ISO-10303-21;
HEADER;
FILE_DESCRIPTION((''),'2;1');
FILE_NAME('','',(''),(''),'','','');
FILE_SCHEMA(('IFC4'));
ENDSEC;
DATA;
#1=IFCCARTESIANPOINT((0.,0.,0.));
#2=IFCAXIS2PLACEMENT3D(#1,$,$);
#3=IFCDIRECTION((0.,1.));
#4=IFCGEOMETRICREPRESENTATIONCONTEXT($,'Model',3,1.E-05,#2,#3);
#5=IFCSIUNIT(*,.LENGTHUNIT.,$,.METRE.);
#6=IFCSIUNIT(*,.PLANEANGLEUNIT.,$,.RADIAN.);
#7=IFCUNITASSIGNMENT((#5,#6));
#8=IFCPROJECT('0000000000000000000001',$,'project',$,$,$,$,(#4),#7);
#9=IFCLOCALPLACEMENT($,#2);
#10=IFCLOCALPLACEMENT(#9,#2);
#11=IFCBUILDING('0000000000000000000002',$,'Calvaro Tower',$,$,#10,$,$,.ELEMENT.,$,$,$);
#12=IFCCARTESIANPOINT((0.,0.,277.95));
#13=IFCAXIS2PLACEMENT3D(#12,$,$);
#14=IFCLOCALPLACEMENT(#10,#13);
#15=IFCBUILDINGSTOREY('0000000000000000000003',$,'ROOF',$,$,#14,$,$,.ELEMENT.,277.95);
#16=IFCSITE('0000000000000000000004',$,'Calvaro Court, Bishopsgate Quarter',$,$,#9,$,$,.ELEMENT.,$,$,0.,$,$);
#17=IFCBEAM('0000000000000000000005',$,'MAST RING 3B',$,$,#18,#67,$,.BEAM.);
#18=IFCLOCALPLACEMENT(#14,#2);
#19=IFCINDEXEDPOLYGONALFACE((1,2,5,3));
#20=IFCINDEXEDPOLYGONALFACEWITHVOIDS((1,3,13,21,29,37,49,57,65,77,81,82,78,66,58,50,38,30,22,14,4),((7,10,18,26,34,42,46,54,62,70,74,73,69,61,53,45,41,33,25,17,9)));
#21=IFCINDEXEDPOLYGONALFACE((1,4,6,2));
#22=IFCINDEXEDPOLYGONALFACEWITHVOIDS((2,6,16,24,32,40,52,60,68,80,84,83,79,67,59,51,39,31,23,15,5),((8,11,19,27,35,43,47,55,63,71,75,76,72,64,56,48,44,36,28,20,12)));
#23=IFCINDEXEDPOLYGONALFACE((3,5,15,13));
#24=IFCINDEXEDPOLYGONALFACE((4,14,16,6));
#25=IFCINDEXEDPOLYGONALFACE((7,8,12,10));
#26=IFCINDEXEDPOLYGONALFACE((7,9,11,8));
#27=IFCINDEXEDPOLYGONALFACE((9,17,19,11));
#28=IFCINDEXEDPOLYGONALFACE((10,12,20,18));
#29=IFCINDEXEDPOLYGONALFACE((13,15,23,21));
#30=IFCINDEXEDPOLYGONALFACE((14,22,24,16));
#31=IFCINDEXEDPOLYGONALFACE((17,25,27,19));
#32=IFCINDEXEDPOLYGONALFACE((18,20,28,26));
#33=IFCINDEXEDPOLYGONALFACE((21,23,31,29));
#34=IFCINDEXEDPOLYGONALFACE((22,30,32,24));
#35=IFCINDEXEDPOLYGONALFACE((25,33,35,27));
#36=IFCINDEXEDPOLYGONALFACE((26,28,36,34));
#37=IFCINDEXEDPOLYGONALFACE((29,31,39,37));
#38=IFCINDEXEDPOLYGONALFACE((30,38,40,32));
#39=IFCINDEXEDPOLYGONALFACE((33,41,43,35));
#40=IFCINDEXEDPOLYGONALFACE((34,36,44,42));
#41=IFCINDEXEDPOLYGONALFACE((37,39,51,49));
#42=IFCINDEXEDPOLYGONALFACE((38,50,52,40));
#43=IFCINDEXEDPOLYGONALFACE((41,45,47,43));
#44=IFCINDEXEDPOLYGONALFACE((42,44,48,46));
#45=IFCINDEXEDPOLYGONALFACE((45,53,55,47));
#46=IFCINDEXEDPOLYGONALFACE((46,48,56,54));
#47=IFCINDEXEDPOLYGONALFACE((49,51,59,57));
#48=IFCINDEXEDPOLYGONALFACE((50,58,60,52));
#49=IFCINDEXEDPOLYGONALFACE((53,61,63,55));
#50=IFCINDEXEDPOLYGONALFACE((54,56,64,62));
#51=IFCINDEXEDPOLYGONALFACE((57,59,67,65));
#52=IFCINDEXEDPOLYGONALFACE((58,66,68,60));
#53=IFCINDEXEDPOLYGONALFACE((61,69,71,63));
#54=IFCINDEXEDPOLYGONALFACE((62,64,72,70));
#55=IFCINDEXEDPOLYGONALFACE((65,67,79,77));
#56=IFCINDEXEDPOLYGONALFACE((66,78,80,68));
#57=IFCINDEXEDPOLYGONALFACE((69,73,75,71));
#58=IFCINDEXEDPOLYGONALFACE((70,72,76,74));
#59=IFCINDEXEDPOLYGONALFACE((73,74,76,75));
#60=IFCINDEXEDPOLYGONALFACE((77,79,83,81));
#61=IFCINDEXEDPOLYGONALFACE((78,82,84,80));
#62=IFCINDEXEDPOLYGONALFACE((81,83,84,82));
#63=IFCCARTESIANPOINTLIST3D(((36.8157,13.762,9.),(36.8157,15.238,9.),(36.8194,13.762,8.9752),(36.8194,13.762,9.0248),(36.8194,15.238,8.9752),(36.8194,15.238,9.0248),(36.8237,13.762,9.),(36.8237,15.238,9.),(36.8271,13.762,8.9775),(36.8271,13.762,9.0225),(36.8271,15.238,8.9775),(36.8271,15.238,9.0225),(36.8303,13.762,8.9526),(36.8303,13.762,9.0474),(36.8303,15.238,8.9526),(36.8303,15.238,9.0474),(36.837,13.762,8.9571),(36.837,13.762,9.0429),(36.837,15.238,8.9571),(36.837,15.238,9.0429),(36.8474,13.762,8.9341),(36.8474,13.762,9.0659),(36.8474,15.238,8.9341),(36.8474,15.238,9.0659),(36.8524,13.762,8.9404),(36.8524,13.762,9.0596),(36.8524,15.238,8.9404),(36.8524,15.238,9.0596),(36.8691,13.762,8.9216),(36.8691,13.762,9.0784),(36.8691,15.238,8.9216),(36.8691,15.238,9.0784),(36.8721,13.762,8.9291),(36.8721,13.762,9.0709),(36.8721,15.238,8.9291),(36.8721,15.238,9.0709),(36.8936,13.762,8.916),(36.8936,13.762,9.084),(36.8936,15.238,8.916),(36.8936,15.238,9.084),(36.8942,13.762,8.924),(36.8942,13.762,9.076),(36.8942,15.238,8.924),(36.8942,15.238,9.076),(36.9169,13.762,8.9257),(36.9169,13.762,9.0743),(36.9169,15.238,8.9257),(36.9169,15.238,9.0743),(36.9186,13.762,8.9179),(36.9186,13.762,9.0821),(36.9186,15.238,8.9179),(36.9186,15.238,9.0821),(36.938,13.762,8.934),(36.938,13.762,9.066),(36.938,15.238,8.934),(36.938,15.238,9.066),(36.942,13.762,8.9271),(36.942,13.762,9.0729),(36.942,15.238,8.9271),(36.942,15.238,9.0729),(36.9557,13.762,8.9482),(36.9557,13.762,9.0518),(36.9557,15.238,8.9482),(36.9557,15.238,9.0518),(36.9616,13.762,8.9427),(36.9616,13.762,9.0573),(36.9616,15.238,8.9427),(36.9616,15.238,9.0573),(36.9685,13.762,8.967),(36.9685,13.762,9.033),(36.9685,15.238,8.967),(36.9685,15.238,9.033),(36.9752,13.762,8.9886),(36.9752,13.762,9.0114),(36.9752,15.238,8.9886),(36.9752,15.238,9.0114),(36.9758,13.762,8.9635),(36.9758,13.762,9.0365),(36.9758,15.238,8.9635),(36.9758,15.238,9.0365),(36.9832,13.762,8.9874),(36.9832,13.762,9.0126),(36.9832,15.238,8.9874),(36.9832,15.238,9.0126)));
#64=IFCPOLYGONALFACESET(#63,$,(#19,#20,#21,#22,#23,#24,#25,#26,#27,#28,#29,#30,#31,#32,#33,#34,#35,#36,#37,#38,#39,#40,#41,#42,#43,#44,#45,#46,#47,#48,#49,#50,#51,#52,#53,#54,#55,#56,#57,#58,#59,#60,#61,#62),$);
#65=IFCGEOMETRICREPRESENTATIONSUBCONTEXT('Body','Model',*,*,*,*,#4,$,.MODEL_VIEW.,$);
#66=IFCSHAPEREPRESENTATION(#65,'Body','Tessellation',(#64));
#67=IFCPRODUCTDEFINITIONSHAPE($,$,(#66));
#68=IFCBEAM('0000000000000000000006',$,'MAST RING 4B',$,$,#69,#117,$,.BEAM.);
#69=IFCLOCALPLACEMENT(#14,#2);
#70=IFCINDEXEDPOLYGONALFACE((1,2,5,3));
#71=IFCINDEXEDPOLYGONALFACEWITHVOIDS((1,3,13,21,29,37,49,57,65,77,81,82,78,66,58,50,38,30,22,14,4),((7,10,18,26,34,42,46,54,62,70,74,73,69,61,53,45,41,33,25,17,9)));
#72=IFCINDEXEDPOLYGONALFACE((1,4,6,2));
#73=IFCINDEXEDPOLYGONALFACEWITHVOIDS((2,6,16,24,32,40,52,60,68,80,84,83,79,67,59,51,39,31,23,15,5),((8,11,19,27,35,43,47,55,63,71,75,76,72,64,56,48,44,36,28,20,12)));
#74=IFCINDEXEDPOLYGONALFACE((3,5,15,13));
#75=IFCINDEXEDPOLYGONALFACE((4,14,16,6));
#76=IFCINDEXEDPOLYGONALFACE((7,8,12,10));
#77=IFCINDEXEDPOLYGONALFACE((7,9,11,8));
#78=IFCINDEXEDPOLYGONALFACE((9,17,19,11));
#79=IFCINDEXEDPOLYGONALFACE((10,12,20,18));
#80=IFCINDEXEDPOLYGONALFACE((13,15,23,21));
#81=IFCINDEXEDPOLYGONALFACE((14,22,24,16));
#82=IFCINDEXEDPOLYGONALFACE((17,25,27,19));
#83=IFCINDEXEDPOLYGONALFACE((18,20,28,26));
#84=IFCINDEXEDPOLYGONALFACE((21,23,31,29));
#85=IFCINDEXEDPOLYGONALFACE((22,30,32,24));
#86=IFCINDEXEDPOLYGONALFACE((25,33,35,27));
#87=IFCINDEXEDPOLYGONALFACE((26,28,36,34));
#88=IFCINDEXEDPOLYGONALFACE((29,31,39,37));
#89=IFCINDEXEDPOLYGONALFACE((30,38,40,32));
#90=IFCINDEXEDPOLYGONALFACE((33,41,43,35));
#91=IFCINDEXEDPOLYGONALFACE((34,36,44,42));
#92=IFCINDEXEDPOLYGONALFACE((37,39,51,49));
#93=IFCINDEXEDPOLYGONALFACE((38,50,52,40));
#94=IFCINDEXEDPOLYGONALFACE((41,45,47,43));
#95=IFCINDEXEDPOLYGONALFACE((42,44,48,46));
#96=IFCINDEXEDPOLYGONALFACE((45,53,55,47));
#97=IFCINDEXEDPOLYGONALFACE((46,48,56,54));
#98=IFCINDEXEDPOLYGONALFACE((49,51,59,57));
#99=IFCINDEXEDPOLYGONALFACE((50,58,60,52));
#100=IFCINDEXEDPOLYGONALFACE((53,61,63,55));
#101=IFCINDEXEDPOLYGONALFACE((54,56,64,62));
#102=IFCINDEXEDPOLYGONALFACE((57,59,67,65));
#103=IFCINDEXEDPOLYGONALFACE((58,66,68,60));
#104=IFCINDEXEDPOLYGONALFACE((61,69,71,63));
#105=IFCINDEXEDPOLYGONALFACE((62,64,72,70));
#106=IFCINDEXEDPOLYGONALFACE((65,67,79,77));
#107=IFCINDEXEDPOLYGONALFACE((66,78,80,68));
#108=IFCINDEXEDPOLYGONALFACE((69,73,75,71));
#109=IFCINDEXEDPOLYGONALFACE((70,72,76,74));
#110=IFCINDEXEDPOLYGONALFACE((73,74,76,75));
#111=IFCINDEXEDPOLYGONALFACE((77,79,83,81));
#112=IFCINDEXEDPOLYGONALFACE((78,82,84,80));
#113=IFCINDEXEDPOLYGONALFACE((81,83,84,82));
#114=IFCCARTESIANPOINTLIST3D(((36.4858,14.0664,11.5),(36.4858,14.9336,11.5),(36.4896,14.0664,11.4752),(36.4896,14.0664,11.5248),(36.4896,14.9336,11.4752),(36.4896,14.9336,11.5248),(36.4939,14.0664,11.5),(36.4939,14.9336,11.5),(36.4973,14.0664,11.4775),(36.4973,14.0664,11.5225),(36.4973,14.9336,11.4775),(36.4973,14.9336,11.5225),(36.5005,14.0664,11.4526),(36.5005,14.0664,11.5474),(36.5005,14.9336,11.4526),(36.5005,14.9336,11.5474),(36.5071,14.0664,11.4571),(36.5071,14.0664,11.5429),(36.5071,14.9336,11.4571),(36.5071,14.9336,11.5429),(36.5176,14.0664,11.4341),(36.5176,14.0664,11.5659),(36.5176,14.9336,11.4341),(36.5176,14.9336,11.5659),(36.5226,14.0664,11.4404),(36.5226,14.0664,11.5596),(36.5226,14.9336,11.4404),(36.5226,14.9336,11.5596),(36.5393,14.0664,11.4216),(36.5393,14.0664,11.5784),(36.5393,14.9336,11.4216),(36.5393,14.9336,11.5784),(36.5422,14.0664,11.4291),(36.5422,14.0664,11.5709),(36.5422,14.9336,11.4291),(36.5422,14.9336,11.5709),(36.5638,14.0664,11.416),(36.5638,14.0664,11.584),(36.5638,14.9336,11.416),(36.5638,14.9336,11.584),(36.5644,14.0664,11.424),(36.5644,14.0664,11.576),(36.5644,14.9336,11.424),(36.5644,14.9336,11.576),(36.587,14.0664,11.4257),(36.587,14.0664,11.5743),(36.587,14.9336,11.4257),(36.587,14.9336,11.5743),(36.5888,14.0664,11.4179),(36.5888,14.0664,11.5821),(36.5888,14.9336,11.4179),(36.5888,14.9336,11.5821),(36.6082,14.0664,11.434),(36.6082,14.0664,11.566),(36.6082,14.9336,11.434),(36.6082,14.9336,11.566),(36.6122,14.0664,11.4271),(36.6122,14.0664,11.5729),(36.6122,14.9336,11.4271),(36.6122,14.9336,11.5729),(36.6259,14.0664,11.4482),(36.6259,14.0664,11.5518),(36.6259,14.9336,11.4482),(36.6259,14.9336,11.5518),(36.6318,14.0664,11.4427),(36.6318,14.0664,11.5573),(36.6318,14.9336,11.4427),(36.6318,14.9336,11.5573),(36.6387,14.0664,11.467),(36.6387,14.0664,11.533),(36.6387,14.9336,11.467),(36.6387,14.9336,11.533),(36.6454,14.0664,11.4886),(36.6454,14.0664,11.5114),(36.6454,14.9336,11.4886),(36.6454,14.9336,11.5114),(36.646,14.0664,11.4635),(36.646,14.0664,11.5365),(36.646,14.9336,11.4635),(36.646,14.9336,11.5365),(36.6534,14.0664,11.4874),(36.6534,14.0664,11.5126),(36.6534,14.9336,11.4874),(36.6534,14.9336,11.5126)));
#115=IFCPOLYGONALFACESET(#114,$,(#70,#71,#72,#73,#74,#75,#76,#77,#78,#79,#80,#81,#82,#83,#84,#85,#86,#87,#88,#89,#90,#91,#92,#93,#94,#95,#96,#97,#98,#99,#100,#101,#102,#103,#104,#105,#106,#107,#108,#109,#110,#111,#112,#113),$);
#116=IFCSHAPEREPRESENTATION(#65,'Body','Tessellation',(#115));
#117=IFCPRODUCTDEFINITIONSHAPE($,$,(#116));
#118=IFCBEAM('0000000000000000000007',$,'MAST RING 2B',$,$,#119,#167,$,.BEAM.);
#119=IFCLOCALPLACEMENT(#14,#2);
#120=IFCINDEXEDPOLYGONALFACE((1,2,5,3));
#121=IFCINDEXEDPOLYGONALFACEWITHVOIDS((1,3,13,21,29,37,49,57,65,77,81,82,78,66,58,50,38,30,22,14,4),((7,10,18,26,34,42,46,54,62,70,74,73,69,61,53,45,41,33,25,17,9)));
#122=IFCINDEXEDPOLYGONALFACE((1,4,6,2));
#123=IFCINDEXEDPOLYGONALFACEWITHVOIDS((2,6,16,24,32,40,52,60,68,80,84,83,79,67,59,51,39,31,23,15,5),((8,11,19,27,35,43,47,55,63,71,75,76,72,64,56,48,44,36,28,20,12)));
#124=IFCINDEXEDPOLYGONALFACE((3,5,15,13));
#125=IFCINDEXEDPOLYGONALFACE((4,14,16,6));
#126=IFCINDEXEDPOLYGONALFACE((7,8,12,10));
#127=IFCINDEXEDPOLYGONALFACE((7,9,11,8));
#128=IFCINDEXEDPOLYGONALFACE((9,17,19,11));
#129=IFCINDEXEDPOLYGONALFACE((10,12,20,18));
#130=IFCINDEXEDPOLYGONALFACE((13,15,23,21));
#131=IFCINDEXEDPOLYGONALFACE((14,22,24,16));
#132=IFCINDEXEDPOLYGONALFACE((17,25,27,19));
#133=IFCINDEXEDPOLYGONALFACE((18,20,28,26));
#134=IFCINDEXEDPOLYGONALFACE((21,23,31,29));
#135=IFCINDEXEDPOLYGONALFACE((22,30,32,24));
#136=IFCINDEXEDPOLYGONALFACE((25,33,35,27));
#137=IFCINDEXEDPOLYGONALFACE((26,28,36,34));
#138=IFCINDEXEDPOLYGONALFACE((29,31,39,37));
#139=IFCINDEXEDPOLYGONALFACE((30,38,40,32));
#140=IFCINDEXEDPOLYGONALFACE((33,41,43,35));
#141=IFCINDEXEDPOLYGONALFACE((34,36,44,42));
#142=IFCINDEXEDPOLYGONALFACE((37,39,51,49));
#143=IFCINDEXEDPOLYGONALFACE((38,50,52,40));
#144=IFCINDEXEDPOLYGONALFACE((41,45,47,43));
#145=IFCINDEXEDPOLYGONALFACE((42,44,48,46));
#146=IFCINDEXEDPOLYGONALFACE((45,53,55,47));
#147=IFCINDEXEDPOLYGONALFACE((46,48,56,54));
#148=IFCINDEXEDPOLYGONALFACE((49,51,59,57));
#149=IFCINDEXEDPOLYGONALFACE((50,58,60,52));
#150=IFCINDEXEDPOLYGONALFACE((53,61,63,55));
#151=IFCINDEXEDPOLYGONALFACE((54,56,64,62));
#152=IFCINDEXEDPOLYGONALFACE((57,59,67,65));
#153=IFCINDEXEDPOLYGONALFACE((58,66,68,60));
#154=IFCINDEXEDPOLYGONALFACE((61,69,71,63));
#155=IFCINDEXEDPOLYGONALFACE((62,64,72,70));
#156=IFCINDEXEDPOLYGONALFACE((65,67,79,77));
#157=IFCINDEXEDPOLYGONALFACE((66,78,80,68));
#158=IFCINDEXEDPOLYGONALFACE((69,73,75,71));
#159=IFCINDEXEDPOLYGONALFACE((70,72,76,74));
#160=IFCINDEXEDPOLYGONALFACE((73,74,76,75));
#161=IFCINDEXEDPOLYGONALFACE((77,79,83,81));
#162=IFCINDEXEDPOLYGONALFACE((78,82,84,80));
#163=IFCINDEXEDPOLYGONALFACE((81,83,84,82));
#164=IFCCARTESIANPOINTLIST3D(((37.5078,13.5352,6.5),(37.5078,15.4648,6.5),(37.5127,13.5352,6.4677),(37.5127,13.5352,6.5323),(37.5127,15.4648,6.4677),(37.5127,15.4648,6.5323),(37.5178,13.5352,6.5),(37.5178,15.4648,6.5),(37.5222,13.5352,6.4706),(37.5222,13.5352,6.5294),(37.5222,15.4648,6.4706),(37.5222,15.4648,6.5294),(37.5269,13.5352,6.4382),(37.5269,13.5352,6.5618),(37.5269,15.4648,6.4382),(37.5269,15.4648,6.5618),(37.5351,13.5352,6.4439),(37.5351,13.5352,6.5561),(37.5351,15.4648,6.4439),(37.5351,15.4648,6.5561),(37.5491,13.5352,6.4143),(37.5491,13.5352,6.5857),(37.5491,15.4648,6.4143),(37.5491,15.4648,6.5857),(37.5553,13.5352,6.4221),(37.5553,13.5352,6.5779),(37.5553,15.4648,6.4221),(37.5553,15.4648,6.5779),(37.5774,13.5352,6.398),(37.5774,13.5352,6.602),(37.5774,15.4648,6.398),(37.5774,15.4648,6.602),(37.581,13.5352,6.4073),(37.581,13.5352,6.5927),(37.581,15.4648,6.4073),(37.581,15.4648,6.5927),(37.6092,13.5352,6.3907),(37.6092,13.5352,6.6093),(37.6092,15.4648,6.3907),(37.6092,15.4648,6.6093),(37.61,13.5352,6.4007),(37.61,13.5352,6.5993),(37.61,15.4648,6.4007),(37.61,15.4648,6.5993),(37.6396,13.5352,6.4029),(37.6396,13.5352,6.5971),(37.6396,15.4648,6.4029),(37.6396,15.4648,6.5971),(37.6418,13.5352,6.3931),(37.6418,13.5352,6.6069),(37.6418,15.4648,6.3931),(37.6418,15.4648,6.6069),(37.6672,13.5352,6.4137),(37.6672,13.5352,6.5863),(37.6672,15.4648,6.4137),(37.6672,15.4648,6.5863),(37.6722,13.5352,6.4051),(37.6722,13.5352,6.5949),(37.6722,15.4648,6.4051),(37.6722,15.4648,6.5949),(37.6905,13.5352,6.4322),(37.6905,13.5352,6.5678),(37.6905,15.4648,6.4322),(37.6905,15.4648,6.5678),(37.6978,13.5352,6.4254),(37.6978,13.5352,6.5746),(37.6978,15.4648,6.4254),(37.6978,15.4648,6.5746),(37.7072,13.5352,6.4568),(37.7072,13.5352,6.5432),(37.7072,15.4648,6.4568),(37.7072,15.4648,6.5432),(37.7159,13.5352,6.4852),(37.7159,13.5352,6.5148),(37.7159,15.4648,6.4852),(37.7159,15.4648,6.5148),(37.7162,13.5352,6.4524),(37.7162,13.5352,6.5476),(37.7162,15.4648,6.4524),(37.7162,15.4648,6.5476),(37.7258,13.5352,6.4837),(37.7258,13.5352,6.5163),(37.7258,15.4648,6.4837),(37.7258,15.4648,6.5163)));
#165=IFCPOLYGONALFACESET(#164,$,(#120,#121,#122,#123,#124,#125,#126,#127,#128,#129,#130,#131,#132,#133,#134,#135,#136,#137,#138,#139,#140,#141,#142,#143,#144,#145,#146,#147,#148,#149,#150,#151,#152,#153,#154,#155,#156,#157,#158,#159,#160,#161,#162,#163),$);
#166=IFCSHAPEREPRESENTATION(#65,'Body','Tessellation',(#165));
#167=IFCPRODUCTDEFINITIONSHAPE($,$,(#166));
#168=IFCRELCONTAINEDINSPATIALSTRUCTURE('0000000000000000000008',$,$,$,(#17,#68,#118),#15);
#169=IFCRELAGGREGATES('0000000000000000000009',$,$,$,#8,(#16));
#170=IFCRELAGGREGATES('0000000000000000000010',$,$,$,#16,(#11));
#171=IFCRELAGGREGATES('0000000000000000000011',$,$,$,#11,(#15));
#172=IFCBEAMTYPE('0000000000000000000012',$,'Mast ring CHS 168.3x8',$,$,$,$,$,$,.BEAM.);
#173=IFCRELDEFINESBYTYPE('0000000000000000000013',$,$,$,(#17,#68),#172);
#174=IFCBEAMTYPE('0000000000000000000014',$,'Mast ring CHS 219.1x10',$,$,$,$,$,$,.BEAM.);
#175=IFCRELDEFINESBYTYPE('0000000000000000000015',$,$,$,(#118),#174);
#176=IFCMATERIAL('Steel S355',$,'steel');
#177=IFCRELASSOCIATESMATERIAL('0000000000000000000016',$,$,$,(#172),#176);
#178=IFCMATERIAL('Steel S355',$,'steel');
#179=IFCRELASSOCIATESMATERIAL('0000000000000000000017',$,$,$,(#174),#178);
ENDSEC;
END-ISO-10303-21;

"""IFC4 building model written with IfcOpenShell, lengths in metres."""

from ifc_helpers import new_model, si_unit, direction, frame, origin, origin_2d, place, context, subcontext, project, spatial, hollow_circle, extrude, material, material_profile, profile_set, type_object, element, save


model = new_model("IFC4")

# Units and contexts
model_context = context("Model", 3, precision=1e-05, world=origin(), true_north=direction((0.0, 1.0)))
body_context = subcontext(model_context, "Body", "Model", "MODEL_VIEW")
ifc_project = project(units=[si_unit("LENGTHUNIT", "METRE"), si_unit("PLANEANGLEUNIT", "RADIAN")], contexts=[model_context])

# Site, building, storey
site_placement = place(None, origin())
site = spatial("IfcSite", under=ifc_project, at=site_placement, Name="Calvaro Court, Bishopsgate Quarter", CompositionType="ELEMENT", RefElevation=0.0)
building_placement = place(site_placement, origin())
building = spatial("IfcBuilding", under=site, at=building_placement, Name="Calvaro Tower", CompositionType="ELEMENT")
storey_placement = place(building_placement, frame((0.0, 0.0, 277.95)))
storey = spatial("IfcBuildingStorey", under=building, at=storey_placement, Name="ROOF", CompositionType="ELEMENT", Elevation=277.95)

# Beams
ifc_material_1 = material(Name="Steel S355", Category="steel")
ifc_material_profile_1 = material_profile(ifc_material_1, hollow_circle(Radius=0.0842, WallThickness=0.0081, at=origin_2d()), Name="CHS 168.3x8")
ifc_profile_set_1 = profile_set([ifc_material_profile_1], Name="Steel S355")
beam_type_1 = type_object("IfcBeamType", Name="Mast ring CHS 168.3x8", PredefinedType="BEAM", material=ifc_profile_set_1)
beam_1_placement = place(storey_placement, frame((36.8999, 13.762, 9.0), z_axis=(0.0, 1.0, 0.0), x_axis=(-1.0, 0.0, 0.0)))
element("IfcBeam", 1, at=beam_1_placement, inside=storey, type_object=beam_type_1, Name="MAST RING 3B", PredefinedType="BEAM", context=body_context, shape_type="SweptSolid", body=[
    extrude(hollow_circle(Radius=0.0842, WallThickness=0.0081, at=origin_2d()), origin(), (0.0, 0.0, 1.0), 1.4761),
])
beam_2_placement = place(storey_placement, frame((36.5701, 14.0664, 11.5), z_axis=(0.0, 1.0, 0.0), x_axis=(-1.0, 0.0, 0.0)))
element("IfcBeam", 2, at=beam_2_placement, inside=storey, type_object=beam_type_1, Name="MAST RING 4B", PredefinedType="BEAM", context=body_context, shape_type="SweptSolid", body=[
    extrude(hollow_circle(Radius=0.0842, WallThickness=0.0081, at=origin_2d()), origin(), (0.0, 0.0, 1.0), 0.8672),
])
ifc_material_2 = material(Name="Steel S355", Category="steel")
ifc_material_profile_2 = material_profile(ifc_material_2, hollow_circle(Radius=0.1096, WallThickness=0.01, at=origin_2d()), Name="CHS 219.1x10")
ifc_profile_set_2 = profile_set([ifc_material_profile_2], Name="Steel S355")
beam_type_2 = type_object("IfcBeamType", Name="Mast ring CHS 219.1x10", PredefinedType="BEAM", material=ifc_profile_set_2)
beam_3_placement = place(storey_placement, frame((37.6174, 13.5352, 6.5), z_axis=(0.0, 1.0, 0.0), x_axis=(-1.0, 0.0, 0.0)))
element("IfcBeam", 3, at=beam_3_placement, inside=storey, type_object=beam_type_2, Name="MAST RING 2B", PredefinedType="BEAM", context=body_context, shape_type="SweptSolid", body=[
    extrude(hollow_circle(Radius=0.1096, WallThickness=0.01, at=origin_2d()), origin(), (0.0, 0.0, 1.0), 1.9297),
])

save(model, "model.ifc")
